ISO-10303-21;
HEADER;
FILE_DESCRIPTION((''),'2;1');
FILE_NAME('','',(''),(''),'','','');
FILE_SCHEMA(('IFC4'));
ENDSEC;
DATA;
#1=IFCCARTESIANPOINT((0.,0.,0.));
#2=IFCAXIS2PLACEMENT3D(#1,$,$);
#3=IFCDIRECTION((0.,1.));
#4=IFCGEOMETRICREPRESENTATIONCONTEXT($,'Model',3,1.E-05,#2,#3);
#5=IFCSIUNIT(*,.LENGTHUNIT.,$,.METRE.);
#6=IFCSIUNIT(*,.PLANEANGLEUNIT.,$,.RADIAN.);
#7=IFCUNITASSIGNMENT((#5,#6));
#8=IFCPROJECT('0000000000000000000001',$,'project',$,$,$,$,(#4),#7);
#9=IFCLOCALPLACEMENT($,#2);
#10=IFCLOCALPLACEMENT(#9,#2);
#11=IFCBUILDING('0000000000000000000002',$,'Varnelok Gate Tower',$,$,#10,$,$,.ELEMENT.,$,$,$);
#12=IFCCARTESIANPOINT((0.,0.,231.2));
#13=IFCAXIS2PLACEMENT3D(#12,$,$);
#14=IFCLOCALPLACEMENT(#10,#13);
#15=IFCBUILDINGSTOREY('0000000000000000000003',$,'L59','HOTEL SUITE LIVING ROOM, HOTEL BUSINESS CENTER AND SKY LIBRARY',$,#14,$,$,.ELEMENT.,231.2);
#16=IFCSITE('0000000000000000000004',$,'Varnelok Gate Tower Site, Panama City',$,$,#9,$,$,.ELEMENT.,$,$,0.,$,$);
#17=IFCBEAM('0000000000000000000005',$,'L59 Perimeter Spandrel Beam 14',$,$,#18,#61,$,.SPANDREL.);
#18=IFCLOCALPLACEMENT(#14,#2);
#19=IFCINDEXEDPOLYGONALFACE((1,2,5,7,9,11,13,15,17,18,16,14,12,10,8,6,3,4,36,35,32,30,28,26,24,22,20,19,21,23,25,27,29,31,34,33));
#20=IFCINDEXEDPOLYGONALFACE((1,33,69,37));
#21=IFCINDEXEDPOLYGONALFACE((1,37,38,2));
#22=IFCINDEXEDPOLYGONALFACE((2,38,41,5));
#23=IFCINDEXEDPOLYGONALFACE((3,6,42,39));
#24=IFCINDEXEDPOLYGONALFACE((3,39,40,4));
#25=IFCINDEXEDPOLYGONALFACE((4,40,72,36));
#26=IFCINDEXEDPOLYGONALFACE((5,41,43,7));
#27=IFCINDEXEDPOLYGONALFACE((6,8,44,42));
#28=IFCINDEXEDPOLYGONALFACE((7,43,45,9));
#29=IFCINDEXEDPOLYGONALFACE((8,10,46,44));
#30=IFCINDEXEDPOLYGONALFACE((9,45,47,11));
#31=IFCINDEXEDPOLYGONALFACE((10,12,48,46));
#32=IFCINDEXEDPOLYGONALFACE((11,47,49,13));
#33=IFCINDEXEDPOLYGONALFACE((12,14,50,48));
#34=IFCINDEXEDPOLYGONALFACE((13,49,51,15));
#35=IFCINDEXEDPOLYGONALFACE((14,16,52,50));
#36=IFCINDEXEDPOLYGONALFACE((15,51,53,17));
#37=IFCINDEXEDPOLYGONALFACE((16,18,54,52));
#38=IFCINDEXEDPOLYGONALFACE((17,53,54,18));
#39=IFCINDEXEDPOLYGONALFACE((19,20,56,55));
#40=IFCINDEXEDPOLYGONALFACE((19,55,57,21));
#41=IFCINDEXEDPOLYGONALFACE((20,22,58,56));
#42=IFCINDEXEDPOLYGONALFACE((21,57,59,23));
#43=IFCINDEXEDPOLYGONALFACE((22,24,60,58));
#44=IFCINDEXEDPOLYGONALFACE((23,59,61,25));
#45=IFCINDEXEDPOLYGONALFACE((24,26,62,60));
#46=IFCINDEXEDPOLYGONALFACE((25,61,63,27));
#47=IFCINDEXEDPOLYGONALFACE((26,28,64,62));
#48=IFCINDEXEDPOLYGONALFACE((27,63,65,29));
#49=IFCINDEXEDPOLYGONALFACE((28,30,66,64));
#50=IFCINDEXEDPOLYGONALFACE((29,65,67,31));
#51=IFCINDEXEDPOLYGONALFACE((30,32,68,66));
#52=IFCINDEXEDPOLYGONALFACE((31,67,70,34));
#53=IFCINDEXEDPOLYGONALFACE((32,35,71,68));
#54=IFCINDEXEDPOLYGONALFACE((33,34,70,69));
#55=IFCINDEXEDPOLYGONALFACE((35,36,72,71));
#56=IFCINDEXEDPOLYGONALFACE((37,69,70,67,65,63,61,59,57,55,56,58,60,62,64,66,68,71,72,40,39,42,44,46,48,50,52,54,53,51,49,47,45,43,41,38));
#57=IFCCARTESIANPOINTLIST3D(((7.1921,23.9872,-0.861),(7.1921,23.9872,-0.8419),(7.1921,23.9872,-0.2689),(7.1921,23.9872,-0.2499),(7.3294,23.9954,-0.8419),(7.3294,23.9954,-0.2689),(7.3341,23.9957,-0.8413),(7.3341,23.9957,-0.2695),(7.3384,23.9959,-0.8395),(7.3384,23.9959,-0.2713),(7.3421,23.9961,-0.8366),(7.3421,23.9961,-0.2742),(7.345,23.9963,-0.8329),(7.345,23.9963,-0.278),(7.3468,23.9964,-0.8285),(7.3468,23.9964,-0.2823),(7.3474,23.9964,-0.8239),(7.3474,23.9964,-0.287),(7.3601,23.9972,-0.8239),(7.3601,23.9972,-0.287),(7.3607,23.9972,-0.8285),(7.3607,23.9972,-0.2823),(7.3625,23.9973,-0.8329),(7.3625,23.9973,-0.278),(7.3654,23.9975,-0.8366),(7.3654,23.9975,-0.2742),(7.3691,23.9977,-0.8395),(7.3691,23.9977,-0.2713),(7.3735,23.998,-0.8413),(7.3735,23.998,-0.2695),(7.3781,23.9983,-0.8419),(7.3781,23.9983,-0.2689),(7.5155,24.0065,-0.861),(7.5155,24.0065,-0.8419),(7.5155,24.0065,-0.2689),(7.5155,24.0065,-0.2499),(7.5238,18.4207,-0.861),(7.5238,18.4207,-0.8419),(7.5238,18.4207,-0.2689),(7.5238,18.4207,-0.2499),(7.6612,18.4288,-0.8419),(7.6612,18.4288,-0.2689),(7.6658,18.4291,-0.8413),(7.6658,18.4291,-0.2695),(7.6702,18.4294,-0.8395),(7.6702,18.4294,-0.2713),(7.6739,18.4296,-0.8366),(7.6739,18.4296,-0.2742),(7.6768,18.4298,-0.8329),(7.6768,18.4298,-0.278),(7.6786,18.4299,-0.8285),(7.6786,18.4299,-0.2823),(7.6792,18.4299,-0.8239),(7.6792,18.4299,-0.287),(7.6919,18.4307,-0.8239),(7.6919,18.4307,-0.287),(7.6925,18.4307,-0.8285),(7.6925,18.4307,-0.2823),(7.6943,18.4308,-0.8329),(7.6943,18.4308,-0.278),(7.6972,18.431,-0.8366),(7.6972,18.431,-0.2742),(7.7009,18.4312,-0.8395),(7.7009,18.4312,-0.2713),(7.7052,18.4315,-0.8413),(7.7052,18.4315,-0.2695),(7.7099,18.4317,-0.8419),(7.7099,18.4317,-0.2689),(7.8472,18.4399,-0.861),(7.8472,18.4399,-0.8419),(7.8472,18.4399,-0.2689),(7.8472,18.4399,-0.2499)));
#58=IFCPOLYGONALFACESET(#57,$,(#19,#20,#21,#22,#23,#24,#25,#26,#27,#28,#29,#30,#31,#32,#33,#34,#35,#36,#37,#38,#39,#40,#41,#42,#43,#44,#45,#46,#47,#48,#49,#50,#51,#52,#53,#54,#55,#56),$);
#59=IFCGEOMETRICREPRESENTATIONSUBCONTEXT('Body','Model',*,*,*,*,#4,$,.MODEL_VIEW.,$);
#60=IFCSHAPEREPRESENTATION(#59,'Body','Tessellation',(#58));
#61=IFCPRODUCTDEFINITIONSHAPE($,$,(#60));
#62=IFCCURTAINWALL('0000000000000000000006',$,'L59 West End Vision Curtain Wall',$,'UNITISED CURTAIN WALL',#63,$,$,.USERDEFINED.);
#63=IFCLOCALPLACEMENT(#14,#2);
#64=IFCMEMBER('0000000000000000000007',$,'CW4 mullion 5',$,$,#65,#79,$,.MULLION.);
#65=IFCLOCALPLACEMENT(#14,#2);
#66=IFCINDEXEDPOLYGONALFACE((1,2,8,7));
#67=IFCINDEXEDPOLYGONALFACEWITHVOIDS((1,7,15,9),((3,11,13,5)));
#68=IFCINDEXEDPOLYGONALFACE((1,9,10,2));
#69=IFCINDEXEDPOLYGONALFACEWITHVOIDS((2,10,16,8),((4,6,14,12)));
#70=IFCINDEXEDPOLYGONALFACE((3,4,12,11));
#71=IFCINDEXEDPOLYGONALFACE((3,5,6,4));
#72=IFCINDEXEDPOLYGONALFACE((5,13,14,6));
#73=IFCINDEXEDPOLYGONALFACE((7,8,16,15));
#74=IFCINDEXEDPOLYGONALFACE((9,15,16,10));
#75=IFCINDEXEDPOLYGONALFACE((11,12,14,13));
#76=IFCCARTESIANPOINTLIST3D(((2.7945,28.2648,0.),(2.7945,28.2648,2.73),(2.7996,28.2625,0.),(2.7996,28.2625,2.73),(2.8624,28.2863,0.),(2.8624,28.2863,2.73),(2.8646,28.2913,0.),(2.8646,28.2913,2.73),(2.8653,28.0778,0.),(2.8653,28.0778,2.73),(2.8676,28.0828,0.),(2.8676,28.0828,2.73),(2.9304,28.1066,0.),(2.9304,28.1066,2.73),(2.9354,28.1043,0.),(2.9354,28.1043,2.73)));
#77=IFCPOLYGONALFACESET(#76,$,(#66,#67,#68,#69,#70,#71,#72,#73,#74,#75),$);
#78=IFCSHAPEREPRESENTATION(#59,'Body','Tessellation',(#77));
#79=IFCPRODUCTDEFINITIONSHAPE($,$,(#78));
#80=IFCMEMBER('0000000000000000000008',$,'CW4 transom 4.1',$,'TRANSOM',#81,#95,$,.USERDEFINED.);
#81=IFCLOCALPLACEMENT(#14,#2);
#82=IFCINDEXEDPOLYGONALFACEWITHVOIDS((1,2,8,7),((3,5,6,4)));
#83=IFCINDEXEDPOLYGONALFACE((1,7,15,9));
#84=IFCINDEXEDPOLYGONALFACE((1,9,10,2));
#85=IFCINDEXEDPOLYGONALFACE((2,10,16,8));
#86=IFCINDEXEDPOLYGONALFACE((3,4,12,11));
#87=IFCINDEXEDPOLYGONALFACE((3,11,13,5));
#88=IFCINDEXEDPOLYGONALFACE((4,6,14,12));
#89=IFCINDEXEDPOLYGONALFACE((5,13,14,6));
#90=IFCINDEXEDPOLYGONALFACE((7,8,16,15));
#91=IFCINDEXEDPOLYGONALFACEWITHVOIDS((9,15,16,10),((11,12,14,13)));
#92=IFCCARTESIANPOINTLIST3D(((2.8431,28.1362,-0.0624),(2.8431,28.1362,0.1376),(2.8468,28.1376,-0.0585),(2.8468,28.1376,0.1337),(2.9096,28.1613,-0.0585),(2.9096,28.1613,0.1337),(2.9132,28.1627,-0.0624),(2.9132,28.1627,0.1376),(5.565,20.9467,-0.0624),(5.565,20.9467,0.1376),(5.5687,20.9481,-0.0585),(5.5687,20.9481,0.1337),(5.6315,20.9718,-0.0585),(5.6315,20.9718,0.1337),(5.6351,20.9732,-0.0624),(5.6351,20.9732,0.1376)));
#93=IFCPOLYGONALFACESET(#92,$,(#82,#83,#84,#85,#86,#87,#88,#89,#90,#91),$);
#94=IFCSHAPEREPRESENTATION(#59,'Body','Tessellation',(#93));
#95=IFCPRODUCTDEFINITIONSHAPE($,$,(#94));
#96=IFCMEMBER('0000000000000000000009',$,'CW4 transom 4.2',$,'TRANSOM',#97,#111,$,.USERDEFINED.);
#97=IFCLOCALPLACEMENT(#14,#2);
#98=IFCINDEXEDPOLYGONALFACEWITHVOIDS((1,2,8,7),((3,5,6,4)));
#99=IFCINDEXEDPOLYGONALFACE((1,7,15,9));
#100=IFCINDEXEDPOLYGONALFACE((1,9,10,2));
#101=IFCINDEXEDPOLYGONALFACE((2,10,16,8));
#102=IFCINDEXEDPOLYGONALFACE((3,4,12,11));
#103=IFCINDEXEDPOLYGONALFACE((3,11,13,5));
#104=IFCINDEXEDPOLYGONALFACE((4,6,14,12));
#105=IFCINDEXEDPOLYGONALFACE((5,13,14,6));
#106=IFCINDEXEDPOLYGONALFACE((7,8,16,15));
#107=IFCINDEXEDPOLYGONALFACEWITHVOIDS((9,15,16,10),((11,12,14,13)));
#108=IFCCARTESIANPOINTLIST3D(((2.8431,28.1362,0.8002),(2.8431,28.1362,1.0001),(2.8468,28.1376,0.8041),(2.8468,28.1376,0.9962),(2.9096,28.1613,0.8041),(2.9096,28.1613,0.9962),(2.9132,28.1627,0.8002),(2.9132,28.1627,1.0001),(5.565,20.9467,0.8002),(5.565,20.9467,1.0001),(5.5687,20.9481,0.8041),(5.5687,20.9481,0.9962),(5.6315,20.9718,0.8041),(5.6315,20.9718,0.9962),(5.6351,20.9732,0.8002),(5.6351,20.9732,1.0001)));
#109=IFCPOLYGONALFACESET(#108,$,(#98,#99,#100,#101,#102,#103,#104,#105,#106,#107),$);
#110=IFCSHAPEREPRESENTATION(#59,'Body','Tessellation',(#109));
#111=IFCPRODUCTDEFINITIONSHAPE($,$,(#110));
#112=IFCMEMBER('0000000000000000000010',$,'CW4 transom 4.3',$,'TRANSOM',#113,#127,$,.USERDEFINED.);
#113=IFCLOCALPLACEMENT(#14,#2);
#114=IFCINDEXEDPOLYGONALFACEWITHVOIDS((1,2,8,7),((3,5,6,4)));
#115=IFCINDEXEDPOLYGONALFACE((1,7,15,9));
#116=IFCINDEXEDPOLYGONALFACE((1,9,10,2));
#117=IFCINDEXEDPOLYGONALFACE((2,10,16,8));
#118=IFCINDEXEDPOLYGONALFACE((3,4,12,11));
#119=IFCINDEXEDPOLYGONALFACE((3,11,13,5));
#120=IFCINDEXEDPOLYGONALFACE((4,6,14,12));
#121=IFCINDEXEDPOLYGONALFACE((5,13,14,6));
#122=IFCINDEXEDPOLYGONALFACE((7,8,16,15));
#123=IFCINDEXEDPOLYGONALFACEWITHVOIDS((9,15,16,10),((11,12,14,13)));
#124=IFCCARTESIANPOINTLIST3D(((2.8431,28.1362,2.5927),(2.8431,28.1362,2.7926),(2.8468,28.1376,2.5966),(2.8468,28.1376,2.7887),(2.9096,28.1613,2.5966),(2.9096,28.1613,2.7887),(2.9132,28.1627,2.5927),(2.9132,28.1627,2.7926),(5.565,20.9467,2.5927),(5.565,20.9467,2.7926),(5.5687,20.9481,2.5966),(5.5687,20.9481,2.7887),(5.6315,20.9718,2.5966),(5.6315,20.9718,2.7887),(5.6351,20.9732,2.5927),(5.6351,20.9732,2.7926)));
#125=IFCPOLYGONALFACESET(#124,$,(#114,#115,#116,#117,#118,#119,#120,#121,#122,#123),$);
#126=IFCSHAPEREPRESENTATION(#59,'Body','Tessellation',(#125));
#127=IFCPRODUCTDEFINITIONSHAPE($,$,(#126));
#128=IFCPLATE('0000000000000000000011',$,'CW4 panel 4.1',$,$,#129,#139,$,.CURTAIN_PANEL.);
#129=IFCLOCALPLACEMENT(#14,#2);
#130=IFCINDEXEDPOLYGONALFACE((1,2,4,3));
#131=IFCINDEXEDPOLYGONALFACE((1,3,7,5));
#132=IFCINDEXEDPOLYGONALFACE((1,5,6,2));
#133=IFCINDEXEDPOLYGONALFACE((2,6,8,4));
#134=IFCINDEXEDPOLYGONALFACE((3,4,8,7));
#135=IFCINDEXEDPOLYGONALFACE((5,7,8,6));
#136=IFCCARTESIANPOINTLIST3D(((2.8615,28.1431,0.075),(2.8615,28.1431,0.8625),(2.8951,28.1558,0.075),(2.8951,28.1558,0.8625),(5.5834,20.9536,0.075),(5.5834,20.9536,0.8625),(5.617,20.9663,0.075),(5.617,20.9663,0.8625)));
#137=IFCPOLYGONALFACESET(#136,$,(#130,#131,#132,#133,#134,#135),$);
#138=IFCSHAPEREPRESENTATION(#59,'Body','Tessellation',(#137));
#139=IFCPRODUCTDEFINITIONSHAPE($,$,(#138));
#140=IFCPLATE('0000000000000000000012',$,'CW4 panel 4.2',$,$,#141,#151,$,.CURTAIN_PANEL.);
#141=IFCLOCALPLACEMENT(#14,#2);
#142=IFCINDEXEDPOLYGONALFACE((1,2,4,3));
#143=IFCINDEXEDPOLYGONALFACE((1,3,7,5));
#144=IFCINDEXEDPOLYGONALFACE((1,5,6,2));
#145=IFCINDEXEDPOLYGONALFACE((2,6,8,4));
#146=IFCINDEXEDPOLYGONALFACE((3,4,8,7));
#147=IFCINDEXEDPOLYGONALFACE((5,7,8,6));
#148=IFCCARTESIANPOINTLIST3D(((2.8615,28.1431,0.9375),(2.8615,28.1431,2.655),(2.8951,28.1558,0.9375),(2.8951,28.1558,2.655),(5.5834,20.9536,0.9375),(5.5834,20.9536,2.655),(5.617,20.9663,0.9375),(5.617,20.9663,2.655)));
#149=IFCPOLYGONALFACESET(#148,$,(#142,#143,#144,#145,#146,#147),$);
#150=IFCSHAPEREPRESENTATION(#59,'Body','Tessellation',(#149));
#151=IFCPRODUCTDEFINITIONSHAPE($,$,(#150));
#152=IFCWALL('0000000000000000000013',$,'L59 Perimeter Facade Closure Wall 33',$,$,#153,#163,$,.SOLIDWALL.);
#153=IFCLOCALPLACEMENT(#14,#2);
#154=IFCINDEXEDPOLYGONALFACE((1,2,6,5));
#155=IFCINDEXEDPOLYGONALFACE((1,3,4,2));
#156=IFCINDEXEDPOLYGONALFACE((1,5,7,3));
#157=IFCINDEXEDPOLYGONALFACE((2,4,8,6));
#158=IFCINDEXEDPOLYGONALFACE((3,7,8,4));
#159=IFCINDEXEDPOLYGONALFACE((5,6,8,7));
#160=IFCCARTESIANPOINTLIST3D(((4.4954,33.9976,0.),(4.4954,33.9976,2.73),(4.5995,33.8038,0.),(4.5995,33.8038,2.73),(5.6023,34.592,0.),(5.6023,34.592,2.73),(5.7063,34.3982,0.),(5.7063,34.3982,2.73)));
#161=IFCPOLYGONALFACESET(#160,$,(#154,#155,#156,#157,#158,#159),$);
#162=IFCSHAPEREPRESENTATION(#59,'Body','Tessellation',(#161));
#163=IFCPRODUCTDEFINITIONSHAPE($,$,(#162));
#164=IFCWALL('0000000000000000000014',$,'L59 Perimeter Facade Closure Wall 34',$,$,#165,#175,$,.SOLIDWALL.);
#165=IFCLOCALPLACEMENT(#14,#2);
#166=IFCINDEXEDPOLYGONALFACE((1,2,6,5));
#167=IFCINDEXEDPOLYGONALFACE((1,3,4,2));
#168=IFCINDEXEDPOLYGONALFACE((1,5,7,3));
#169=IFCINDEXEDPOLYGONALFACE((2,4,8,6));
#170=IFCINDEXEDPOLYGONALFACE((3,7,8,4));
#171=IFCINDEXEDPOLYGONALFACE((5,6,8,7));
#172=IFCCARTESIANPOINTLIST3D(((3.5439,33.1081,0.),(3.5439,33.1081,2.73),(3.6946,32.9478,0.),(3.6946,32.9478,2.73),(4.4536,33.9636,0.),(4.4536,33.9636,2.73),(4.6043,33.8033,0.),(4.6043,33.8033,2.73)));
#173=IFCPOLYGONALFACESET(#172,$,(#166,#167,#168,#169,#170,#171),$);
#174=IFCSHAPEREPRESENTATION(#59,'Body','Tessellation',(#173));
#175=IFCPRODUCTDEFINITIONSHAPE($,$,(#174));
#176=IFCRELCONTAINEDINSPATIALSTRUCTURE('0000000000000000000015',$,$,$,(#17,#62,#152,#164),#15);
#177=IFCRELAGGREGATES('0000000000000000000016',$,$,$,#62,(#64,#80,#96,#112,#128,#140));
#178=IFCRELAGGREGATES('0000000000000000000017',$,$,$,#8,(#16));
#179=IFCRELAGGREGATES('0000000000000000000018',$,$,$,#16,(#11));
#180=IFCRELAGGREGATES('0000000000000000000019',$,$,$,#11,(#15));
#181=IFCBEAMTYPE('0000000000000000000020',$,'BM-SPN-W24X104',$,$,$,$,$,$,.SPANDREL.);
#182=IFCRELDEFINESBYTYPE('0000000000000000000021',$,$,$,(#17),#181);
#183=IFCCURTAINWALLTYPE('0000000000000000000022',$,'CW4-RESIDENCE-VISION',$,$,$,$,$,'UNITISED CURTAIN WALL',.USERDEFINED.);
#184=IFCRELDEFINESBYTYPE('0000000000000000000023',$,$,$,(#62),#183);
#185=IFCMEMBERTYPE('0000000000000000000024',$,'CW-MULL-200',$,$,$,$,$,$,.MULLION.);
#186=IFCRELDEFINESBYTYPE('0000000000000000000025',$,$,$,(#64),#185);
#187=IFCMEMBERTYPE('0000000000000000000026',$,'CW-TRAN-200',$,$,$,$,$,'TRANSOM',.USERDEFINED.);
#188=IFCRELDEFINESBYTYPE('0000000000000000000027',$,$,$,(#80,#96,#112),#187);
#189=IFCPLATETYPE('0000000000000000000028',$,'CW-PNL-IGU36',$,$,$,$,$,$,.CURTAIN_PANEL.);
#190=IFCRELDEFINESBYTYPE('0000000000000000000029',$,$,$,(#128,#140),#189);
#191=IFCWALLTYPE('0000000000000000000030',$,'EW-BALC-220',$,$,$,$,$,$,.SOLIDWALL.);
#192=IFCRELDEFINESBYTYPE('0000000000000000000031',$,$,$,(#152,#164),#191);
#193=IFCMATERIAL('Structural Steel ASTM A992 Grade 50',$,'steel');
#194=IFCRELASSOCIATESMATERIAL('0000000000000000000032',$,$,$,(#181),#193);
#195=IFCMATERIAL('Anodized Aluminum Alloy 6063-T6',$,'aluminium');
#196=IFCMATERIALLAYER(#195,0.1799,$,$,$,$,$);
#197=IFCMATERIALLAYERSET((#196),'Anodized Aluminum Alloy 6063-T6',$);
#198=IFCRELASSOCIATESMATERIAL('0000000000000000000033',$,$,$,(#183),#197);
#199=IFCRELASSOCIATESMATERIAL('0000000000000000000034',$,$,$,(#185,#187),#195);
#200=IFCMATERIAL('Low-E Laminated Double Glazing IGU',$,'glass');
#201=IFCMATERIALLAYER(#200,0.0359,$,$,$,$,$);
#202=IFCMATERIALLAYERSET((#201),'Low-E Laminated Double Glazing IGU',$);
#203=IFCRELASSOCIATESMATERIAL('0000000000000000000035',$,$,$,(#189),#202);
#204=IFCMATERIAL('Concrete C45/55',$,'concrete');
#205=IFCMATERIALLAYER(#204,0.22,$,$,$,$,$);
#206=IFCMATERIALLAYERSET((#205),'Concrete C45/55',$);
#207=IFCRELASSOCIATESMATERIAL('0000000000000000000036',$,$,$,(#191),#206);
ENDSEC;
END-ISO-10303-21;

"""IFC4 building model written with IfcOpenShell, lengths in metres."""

from ifc_helpers import new_model, si_unit, direction, frame, frame_2d, origin, origin_2d, place, context, subcontext, project, spatial, rectangle, hollow_rectangle, i_section, extrude, source, transform, mapped, material, layer, layer_set, material_profile, profile_set, type_object, element, aggregate, save


model = new_model("IFC4")

# Units and contexts
model_context = context("Model", 3, precision=1e-05, world=origin(), true_north=direction((0.0, 1.0)))
body_context = subcontext(model_context, "Body", "Model", "MODEL_VIEW")
ifc_project = project(units=[si_unit("LENGTHUNIT", "METRE"), si_unit("PLANEANGLEUNIT", "RADIAN")], contexts=[model_context])

# Site, building, storey
site_placement = place(None, origin())
site = spatial("IfcSite", under=ifc_project, at=site_placement, Name="Varnelok Gate Tower Site, Panama City", CompositionType="ELEMENT", RefElevation=0.0)
building_placement = place(site_placement, origin())
building = spatial("IfcBuilding", under=site, at=building_placement, Name="Varnelok Gate Tower", CompositionType="ELEMENT")
storey_placement = place(building_placement, frame((0.0, 0.0, 231.2)))
storey = spatial("IfcBuildingStorey", under=building, at=storey_placement, Name="L59", Description="HOTEL SUITE LIVING ROOM, HOTEL BUSINESS CENTER AND SKY LIBRARY", CompositionType="ELEMENT", Elevation=231.2)

# Shared definitions
ifc_material_1 = material(Name="Structural Steel ASTM A992 Grade 50", Category="steel")

# Beam
ifc_material_profile_1 = material_profile(ifc_material_1, i_section(OverallWidth=0.324, OverallDepth=0.6111, WebThickness=0.0127, FlangeThickness=0.019, FilletRadius=0.0181, at=origin_2d()), Name="W24X104")
ifc_profile_set_1 = profile_set([ifc_material_profile_1], Name="Structural Steel ASTM A992 Grade 50")
beam_type_1 = type_object("IfcBeamType", Name="BM-SPN-W24X104", PredefinedType="SPANDREL", material=ifc_profile_set_1)
beam_1_placement = place(storey_placement, frame((7.3538, 23.9968, -0.5554), z_axis=(0.059497, -0.998228, 0.0), x_axis=(0.998228, 0.059497, 0.0)))
element("IfcBeam", 1, at=beam_1_placement, inside=storey, type_object=beam_type_1, Name="L59 Perimeter Spandrel Beam 14", PredefinedType="SPANDREL", context=body_context, shape_type="SweptSolid", body=[
    extrude(i_section(OverallWidth=0.324, OverallDepth=0.6111, WebThickness=0.0127, FlangeThickness=0.019, FilletRadius=0.0181, at=origin_2d()), origin(), (0.0, 0.0, 1.0), 5.5764),
])

# Curtain wall, members, plates
ifc_material_2 = material(Name="Anodized Aluminum Alloy 6063-T6", Category="aluminium")
ifc_layer_1 = layer(ifc_material_2, 0.1799)
ifc_layer_set_1 = layer_set([ifc_layer_1], Name="Anodized Aluminum Alloy 6063-T6")
curtain_wall_type = type_object("IfcCurtainWallType", Name="CW4-RESIDENCE-VISION", ElementType="UNITISED CURTAIN WALL", PredefinedType="USERDEFINED", material=ifc_layer_set_1)
curtain_wall_placement = place(storey_placement, origin())
curtain_wall = element("IfcCurtainWall", 2, at=curtain_wall_placement, inside=storey, type_object=curtain_wall_type, Name="L59 West End Vision Curtain Wall", ObjectType="UNITISED CURTAIN WALL", PredefinedType="USERDEFINED")
ifc_material_profile_2 = material_profile(ifc_material_2, hollow_rectangle(XDim=0.075, YDim=0.2, WallThickness=0.0039, at=origin_2d()), Name="ALU200X75X4")
ifc_profile_set_2 = profile_set([ifc_material_profile_2], Name="Anodized Aluminum Alloy 6063-T6")
member_type_1 = type_object("IfcMemberType", Name="CW-MULL-200", PredefinedType="MULLION", material=ifc_profile_set_2)
member_1_placement = place(storey_placement, frame((2.865, 28.1846, 0.0), z_axis=(0.0, 0.0, 1.0), x_axis=(-0.935222, -0.354063, 0.0)))
member_1 = element("IfcMember", 3, at=member_1_placement, type_object=member_type_1, Name="CW4 mullion 5", PredefinedType="MULLION", context=body_context, shape_type="SweptSolid", body=[
    extrude(hollow_rectangle(XDim=0.075, YDim=0.2, WallThickness=0.0039, at=origin_2d()), origin(), (0.0, 0.0, 1.0), 2.73),
])
ifc_material_profile_3 = material_profile(ifc_material_2, hollow_rectangle(XDim=0.075, YDim=0.2, WallThickness=0.0039, at=origin_2d()), Name="ALU200X75X4")
ifc_profile_set_3 = profile_set([ifc_material_profile_3], Name="Anodized Aluminum Alloy 6063-T6")
member_type_2 = type_object("IfcMemberType", Name="CW-TRAN-200", ElementType="TRANSOM", PredefinedType="USERDEFINED", material=ifc_profile_set_3)
member_2_placement = place(storey_placement, frame((5.6001, 20.96, 0.0376), z_axis=(-0.354073, 0.935218, 0.0), x_axis=(-0.935218, -0.354073, 0.0)))
member_2 = element("IfcMember", 4, at=member_2_placement, type_object=member_type_2, Name="CW4 transom 4.1", ObjectType="TRANSOM", PredefinedType="USERDEFINED", context=body_context, shape_type="SweptSolid", body=[
    extrude(hollow_rectangle(XDim=0.075, YDim=0.2, WallThickness=0.0039, at=origin_2d()), origin(), (0.0, 0.0, 1.0), 7.6875),
])
member_3_placement = place(storey_placement, frame((5.6001, 20.96, 0.9001), z_axis=(-0.354073, 0.935218, 0.0), x_axis=(-0.935218, -0.354073, 0.0)))
member_3 = element("IfcMember", 5, at=member_3_placement, type_object=member_type_2, Name="CW4 transom 4.2", ObjectType="TRANSOM", PredefinedType="USERDEFINED", context=body_context, shape_type="SweptSolid", body=[
    extrude(hollow_rectangle(XDim=0.075, YDim=0.2, WallThickness=0.0039, at=origin_2d()), origin(), (0.0, 0.0, 1.0), 7.6875),
])
member_4_placement = place(storey_placement, frame((5.6001, 20.96, 2.6926), z_axis=(-0.354073, 0.935218, 0.0), x_axis=(-0.935218, -0.354073, 0.0)))
member_4 = element("IfcMember", 6, at=member_4_placement, type_object=member_type_2, Name="CW4 transom 4.3", ObjectType="TRANSOM", PredefinedType="USERDEFINED", context=body_context, shape_type="SweptSolid", body=[
    extrude(hollow_rectangle(XDim=0.075, YDim=0.2, WallThickness=0.0039, at=origin_2d()), origin(), (0.0, 0.0, 1.0), 7.6875),
])
ifc_material_3 = material(Name="Low-E Laminated Double Glazing IGU", Category="glass")
ifc_layer_2 = layer(ifc_material_3, 0.0359)
ifc_layer_set_2 = layer_set([ifc_layer_2], Name="Low-E Laminated Double Glazing IGU")
plate_type = type_object("IfcPlateType", Name="CW-PNL-IGU36", PredefinedType="CURTAIN_PANEL", material=ifc_layer_set_2)
shared_shape_1 = source(origin(), body_context, "Body", "SweptSolid", [
    extrude(rectangle(XDim=7.6875, YDim=0.0359, at=origin_2d()), origin(), (0.0, 0.0, 1.0), 0.7876),
])
plate_1_placement = place(storey_placement, frame((4.2393, 24.5547, 0.075), z_axis=(0.0, 0.0, 1.0), x_axis=(-0.354063, 0.935222, 0.0)))
plate_1 = element("IfcPlate", 7, at=plate_1_placement, type_object=plate_type, Name="CW4 panel 4.1", PredefinedType="CURTAIN_PANEL", context=body_context, shape_type="MappedRepresentation", body=[
    mapped(shared_shape_1, transform((0.0, 0.0, 0.0), scale=1.0)),
])
shared_shape_2 = source(origin(), body_context, "Body", "SweptSolid", [
    extrude(rectangle(XDim=7.6875, YDim=0.0359, at=origin_2d()), origin(), (0.0, 0.0, 1.0), 1.7175),
])
plate_2_placement = place(storey_placement, frame((4.2393, 24.5547, 0.9375), z_axis=(0.0, 0.0, 1.0), x_axis=(-0.354063, 0.935222, 0.0)))
plate_2 = element("IfcPlate", 8, at=plate_2_placement, type_object=plate_type, Name="CW4 panel 4.2", PredefinedType="CURTAIN_PANEL", context=body_context, shape_type="MappedRepresentation", body=[
    mapped(shared_shape_2, transform((0.0, 0.0, 0.0), scale=1.0)),
])
aggregate(curtain_wall, [member_1, member_2, member_3, member_4, plate_1, plate_2])

# Walls
ifc_material_4 = material(Name="Concrete C45/55", Category="concrete")
ifc_layer_3 = layer(ifc_material_4, 0.22)
ifc_layer_set_3 = layer_set([ifc_layer_3], Name="Concrete C45/55")
wall_type_1 = type_object("IfcWallType", Name="EW-BALC-220", PredefinedType="SOLIDWALL", material=ifc_layer_set_3)
wall_1_placement = place(storey_placement, frame((5.6543, 34.4951, 0.0), z_axis=(0.0, 0.0, 1.0), x_axis=(-0.880988, -0.473138, 0.0)))
element("IfcWall", 9, at=wall_1_placement, inside=storey, type_object=wall_type_1, Name="L59 Perimeter Facade Closure Wall 33", PredefinedType="SOLIDWALL", context=body_context, shape_type="SweptSolid", body=[
    extrude(rectangle(XDim=1.2563, YDim=0.22, at=frame_2d((0.6282, 0.0))), origin(), (0.0, 0.0, 1.0), 2.73),
])
wall_2_placement = place(storey_placement, frame((4.5291, 33.8835, 0.0), z_axis=(0.0, 0.0, 1.0), x_axis=(-0.728475, -0.685072, 0.0)))
element("IfcWall", 10, at=wall_2_placement, inside=storey, type_object=wall_type_1, Name="L59 Perimeter Facade Closure Wall 34", PredefinedType="SOLIDWALL", context=body_context, shape_type="SweptSolid", body=[
    extrude(rectangle(XDim=1.2488, YDim=0.22, at=frame_2d((0.6245, 0.0))), origin(), (0.0, 0.0, 1.0), 2.73),
])

save(model, "model.ifc")
